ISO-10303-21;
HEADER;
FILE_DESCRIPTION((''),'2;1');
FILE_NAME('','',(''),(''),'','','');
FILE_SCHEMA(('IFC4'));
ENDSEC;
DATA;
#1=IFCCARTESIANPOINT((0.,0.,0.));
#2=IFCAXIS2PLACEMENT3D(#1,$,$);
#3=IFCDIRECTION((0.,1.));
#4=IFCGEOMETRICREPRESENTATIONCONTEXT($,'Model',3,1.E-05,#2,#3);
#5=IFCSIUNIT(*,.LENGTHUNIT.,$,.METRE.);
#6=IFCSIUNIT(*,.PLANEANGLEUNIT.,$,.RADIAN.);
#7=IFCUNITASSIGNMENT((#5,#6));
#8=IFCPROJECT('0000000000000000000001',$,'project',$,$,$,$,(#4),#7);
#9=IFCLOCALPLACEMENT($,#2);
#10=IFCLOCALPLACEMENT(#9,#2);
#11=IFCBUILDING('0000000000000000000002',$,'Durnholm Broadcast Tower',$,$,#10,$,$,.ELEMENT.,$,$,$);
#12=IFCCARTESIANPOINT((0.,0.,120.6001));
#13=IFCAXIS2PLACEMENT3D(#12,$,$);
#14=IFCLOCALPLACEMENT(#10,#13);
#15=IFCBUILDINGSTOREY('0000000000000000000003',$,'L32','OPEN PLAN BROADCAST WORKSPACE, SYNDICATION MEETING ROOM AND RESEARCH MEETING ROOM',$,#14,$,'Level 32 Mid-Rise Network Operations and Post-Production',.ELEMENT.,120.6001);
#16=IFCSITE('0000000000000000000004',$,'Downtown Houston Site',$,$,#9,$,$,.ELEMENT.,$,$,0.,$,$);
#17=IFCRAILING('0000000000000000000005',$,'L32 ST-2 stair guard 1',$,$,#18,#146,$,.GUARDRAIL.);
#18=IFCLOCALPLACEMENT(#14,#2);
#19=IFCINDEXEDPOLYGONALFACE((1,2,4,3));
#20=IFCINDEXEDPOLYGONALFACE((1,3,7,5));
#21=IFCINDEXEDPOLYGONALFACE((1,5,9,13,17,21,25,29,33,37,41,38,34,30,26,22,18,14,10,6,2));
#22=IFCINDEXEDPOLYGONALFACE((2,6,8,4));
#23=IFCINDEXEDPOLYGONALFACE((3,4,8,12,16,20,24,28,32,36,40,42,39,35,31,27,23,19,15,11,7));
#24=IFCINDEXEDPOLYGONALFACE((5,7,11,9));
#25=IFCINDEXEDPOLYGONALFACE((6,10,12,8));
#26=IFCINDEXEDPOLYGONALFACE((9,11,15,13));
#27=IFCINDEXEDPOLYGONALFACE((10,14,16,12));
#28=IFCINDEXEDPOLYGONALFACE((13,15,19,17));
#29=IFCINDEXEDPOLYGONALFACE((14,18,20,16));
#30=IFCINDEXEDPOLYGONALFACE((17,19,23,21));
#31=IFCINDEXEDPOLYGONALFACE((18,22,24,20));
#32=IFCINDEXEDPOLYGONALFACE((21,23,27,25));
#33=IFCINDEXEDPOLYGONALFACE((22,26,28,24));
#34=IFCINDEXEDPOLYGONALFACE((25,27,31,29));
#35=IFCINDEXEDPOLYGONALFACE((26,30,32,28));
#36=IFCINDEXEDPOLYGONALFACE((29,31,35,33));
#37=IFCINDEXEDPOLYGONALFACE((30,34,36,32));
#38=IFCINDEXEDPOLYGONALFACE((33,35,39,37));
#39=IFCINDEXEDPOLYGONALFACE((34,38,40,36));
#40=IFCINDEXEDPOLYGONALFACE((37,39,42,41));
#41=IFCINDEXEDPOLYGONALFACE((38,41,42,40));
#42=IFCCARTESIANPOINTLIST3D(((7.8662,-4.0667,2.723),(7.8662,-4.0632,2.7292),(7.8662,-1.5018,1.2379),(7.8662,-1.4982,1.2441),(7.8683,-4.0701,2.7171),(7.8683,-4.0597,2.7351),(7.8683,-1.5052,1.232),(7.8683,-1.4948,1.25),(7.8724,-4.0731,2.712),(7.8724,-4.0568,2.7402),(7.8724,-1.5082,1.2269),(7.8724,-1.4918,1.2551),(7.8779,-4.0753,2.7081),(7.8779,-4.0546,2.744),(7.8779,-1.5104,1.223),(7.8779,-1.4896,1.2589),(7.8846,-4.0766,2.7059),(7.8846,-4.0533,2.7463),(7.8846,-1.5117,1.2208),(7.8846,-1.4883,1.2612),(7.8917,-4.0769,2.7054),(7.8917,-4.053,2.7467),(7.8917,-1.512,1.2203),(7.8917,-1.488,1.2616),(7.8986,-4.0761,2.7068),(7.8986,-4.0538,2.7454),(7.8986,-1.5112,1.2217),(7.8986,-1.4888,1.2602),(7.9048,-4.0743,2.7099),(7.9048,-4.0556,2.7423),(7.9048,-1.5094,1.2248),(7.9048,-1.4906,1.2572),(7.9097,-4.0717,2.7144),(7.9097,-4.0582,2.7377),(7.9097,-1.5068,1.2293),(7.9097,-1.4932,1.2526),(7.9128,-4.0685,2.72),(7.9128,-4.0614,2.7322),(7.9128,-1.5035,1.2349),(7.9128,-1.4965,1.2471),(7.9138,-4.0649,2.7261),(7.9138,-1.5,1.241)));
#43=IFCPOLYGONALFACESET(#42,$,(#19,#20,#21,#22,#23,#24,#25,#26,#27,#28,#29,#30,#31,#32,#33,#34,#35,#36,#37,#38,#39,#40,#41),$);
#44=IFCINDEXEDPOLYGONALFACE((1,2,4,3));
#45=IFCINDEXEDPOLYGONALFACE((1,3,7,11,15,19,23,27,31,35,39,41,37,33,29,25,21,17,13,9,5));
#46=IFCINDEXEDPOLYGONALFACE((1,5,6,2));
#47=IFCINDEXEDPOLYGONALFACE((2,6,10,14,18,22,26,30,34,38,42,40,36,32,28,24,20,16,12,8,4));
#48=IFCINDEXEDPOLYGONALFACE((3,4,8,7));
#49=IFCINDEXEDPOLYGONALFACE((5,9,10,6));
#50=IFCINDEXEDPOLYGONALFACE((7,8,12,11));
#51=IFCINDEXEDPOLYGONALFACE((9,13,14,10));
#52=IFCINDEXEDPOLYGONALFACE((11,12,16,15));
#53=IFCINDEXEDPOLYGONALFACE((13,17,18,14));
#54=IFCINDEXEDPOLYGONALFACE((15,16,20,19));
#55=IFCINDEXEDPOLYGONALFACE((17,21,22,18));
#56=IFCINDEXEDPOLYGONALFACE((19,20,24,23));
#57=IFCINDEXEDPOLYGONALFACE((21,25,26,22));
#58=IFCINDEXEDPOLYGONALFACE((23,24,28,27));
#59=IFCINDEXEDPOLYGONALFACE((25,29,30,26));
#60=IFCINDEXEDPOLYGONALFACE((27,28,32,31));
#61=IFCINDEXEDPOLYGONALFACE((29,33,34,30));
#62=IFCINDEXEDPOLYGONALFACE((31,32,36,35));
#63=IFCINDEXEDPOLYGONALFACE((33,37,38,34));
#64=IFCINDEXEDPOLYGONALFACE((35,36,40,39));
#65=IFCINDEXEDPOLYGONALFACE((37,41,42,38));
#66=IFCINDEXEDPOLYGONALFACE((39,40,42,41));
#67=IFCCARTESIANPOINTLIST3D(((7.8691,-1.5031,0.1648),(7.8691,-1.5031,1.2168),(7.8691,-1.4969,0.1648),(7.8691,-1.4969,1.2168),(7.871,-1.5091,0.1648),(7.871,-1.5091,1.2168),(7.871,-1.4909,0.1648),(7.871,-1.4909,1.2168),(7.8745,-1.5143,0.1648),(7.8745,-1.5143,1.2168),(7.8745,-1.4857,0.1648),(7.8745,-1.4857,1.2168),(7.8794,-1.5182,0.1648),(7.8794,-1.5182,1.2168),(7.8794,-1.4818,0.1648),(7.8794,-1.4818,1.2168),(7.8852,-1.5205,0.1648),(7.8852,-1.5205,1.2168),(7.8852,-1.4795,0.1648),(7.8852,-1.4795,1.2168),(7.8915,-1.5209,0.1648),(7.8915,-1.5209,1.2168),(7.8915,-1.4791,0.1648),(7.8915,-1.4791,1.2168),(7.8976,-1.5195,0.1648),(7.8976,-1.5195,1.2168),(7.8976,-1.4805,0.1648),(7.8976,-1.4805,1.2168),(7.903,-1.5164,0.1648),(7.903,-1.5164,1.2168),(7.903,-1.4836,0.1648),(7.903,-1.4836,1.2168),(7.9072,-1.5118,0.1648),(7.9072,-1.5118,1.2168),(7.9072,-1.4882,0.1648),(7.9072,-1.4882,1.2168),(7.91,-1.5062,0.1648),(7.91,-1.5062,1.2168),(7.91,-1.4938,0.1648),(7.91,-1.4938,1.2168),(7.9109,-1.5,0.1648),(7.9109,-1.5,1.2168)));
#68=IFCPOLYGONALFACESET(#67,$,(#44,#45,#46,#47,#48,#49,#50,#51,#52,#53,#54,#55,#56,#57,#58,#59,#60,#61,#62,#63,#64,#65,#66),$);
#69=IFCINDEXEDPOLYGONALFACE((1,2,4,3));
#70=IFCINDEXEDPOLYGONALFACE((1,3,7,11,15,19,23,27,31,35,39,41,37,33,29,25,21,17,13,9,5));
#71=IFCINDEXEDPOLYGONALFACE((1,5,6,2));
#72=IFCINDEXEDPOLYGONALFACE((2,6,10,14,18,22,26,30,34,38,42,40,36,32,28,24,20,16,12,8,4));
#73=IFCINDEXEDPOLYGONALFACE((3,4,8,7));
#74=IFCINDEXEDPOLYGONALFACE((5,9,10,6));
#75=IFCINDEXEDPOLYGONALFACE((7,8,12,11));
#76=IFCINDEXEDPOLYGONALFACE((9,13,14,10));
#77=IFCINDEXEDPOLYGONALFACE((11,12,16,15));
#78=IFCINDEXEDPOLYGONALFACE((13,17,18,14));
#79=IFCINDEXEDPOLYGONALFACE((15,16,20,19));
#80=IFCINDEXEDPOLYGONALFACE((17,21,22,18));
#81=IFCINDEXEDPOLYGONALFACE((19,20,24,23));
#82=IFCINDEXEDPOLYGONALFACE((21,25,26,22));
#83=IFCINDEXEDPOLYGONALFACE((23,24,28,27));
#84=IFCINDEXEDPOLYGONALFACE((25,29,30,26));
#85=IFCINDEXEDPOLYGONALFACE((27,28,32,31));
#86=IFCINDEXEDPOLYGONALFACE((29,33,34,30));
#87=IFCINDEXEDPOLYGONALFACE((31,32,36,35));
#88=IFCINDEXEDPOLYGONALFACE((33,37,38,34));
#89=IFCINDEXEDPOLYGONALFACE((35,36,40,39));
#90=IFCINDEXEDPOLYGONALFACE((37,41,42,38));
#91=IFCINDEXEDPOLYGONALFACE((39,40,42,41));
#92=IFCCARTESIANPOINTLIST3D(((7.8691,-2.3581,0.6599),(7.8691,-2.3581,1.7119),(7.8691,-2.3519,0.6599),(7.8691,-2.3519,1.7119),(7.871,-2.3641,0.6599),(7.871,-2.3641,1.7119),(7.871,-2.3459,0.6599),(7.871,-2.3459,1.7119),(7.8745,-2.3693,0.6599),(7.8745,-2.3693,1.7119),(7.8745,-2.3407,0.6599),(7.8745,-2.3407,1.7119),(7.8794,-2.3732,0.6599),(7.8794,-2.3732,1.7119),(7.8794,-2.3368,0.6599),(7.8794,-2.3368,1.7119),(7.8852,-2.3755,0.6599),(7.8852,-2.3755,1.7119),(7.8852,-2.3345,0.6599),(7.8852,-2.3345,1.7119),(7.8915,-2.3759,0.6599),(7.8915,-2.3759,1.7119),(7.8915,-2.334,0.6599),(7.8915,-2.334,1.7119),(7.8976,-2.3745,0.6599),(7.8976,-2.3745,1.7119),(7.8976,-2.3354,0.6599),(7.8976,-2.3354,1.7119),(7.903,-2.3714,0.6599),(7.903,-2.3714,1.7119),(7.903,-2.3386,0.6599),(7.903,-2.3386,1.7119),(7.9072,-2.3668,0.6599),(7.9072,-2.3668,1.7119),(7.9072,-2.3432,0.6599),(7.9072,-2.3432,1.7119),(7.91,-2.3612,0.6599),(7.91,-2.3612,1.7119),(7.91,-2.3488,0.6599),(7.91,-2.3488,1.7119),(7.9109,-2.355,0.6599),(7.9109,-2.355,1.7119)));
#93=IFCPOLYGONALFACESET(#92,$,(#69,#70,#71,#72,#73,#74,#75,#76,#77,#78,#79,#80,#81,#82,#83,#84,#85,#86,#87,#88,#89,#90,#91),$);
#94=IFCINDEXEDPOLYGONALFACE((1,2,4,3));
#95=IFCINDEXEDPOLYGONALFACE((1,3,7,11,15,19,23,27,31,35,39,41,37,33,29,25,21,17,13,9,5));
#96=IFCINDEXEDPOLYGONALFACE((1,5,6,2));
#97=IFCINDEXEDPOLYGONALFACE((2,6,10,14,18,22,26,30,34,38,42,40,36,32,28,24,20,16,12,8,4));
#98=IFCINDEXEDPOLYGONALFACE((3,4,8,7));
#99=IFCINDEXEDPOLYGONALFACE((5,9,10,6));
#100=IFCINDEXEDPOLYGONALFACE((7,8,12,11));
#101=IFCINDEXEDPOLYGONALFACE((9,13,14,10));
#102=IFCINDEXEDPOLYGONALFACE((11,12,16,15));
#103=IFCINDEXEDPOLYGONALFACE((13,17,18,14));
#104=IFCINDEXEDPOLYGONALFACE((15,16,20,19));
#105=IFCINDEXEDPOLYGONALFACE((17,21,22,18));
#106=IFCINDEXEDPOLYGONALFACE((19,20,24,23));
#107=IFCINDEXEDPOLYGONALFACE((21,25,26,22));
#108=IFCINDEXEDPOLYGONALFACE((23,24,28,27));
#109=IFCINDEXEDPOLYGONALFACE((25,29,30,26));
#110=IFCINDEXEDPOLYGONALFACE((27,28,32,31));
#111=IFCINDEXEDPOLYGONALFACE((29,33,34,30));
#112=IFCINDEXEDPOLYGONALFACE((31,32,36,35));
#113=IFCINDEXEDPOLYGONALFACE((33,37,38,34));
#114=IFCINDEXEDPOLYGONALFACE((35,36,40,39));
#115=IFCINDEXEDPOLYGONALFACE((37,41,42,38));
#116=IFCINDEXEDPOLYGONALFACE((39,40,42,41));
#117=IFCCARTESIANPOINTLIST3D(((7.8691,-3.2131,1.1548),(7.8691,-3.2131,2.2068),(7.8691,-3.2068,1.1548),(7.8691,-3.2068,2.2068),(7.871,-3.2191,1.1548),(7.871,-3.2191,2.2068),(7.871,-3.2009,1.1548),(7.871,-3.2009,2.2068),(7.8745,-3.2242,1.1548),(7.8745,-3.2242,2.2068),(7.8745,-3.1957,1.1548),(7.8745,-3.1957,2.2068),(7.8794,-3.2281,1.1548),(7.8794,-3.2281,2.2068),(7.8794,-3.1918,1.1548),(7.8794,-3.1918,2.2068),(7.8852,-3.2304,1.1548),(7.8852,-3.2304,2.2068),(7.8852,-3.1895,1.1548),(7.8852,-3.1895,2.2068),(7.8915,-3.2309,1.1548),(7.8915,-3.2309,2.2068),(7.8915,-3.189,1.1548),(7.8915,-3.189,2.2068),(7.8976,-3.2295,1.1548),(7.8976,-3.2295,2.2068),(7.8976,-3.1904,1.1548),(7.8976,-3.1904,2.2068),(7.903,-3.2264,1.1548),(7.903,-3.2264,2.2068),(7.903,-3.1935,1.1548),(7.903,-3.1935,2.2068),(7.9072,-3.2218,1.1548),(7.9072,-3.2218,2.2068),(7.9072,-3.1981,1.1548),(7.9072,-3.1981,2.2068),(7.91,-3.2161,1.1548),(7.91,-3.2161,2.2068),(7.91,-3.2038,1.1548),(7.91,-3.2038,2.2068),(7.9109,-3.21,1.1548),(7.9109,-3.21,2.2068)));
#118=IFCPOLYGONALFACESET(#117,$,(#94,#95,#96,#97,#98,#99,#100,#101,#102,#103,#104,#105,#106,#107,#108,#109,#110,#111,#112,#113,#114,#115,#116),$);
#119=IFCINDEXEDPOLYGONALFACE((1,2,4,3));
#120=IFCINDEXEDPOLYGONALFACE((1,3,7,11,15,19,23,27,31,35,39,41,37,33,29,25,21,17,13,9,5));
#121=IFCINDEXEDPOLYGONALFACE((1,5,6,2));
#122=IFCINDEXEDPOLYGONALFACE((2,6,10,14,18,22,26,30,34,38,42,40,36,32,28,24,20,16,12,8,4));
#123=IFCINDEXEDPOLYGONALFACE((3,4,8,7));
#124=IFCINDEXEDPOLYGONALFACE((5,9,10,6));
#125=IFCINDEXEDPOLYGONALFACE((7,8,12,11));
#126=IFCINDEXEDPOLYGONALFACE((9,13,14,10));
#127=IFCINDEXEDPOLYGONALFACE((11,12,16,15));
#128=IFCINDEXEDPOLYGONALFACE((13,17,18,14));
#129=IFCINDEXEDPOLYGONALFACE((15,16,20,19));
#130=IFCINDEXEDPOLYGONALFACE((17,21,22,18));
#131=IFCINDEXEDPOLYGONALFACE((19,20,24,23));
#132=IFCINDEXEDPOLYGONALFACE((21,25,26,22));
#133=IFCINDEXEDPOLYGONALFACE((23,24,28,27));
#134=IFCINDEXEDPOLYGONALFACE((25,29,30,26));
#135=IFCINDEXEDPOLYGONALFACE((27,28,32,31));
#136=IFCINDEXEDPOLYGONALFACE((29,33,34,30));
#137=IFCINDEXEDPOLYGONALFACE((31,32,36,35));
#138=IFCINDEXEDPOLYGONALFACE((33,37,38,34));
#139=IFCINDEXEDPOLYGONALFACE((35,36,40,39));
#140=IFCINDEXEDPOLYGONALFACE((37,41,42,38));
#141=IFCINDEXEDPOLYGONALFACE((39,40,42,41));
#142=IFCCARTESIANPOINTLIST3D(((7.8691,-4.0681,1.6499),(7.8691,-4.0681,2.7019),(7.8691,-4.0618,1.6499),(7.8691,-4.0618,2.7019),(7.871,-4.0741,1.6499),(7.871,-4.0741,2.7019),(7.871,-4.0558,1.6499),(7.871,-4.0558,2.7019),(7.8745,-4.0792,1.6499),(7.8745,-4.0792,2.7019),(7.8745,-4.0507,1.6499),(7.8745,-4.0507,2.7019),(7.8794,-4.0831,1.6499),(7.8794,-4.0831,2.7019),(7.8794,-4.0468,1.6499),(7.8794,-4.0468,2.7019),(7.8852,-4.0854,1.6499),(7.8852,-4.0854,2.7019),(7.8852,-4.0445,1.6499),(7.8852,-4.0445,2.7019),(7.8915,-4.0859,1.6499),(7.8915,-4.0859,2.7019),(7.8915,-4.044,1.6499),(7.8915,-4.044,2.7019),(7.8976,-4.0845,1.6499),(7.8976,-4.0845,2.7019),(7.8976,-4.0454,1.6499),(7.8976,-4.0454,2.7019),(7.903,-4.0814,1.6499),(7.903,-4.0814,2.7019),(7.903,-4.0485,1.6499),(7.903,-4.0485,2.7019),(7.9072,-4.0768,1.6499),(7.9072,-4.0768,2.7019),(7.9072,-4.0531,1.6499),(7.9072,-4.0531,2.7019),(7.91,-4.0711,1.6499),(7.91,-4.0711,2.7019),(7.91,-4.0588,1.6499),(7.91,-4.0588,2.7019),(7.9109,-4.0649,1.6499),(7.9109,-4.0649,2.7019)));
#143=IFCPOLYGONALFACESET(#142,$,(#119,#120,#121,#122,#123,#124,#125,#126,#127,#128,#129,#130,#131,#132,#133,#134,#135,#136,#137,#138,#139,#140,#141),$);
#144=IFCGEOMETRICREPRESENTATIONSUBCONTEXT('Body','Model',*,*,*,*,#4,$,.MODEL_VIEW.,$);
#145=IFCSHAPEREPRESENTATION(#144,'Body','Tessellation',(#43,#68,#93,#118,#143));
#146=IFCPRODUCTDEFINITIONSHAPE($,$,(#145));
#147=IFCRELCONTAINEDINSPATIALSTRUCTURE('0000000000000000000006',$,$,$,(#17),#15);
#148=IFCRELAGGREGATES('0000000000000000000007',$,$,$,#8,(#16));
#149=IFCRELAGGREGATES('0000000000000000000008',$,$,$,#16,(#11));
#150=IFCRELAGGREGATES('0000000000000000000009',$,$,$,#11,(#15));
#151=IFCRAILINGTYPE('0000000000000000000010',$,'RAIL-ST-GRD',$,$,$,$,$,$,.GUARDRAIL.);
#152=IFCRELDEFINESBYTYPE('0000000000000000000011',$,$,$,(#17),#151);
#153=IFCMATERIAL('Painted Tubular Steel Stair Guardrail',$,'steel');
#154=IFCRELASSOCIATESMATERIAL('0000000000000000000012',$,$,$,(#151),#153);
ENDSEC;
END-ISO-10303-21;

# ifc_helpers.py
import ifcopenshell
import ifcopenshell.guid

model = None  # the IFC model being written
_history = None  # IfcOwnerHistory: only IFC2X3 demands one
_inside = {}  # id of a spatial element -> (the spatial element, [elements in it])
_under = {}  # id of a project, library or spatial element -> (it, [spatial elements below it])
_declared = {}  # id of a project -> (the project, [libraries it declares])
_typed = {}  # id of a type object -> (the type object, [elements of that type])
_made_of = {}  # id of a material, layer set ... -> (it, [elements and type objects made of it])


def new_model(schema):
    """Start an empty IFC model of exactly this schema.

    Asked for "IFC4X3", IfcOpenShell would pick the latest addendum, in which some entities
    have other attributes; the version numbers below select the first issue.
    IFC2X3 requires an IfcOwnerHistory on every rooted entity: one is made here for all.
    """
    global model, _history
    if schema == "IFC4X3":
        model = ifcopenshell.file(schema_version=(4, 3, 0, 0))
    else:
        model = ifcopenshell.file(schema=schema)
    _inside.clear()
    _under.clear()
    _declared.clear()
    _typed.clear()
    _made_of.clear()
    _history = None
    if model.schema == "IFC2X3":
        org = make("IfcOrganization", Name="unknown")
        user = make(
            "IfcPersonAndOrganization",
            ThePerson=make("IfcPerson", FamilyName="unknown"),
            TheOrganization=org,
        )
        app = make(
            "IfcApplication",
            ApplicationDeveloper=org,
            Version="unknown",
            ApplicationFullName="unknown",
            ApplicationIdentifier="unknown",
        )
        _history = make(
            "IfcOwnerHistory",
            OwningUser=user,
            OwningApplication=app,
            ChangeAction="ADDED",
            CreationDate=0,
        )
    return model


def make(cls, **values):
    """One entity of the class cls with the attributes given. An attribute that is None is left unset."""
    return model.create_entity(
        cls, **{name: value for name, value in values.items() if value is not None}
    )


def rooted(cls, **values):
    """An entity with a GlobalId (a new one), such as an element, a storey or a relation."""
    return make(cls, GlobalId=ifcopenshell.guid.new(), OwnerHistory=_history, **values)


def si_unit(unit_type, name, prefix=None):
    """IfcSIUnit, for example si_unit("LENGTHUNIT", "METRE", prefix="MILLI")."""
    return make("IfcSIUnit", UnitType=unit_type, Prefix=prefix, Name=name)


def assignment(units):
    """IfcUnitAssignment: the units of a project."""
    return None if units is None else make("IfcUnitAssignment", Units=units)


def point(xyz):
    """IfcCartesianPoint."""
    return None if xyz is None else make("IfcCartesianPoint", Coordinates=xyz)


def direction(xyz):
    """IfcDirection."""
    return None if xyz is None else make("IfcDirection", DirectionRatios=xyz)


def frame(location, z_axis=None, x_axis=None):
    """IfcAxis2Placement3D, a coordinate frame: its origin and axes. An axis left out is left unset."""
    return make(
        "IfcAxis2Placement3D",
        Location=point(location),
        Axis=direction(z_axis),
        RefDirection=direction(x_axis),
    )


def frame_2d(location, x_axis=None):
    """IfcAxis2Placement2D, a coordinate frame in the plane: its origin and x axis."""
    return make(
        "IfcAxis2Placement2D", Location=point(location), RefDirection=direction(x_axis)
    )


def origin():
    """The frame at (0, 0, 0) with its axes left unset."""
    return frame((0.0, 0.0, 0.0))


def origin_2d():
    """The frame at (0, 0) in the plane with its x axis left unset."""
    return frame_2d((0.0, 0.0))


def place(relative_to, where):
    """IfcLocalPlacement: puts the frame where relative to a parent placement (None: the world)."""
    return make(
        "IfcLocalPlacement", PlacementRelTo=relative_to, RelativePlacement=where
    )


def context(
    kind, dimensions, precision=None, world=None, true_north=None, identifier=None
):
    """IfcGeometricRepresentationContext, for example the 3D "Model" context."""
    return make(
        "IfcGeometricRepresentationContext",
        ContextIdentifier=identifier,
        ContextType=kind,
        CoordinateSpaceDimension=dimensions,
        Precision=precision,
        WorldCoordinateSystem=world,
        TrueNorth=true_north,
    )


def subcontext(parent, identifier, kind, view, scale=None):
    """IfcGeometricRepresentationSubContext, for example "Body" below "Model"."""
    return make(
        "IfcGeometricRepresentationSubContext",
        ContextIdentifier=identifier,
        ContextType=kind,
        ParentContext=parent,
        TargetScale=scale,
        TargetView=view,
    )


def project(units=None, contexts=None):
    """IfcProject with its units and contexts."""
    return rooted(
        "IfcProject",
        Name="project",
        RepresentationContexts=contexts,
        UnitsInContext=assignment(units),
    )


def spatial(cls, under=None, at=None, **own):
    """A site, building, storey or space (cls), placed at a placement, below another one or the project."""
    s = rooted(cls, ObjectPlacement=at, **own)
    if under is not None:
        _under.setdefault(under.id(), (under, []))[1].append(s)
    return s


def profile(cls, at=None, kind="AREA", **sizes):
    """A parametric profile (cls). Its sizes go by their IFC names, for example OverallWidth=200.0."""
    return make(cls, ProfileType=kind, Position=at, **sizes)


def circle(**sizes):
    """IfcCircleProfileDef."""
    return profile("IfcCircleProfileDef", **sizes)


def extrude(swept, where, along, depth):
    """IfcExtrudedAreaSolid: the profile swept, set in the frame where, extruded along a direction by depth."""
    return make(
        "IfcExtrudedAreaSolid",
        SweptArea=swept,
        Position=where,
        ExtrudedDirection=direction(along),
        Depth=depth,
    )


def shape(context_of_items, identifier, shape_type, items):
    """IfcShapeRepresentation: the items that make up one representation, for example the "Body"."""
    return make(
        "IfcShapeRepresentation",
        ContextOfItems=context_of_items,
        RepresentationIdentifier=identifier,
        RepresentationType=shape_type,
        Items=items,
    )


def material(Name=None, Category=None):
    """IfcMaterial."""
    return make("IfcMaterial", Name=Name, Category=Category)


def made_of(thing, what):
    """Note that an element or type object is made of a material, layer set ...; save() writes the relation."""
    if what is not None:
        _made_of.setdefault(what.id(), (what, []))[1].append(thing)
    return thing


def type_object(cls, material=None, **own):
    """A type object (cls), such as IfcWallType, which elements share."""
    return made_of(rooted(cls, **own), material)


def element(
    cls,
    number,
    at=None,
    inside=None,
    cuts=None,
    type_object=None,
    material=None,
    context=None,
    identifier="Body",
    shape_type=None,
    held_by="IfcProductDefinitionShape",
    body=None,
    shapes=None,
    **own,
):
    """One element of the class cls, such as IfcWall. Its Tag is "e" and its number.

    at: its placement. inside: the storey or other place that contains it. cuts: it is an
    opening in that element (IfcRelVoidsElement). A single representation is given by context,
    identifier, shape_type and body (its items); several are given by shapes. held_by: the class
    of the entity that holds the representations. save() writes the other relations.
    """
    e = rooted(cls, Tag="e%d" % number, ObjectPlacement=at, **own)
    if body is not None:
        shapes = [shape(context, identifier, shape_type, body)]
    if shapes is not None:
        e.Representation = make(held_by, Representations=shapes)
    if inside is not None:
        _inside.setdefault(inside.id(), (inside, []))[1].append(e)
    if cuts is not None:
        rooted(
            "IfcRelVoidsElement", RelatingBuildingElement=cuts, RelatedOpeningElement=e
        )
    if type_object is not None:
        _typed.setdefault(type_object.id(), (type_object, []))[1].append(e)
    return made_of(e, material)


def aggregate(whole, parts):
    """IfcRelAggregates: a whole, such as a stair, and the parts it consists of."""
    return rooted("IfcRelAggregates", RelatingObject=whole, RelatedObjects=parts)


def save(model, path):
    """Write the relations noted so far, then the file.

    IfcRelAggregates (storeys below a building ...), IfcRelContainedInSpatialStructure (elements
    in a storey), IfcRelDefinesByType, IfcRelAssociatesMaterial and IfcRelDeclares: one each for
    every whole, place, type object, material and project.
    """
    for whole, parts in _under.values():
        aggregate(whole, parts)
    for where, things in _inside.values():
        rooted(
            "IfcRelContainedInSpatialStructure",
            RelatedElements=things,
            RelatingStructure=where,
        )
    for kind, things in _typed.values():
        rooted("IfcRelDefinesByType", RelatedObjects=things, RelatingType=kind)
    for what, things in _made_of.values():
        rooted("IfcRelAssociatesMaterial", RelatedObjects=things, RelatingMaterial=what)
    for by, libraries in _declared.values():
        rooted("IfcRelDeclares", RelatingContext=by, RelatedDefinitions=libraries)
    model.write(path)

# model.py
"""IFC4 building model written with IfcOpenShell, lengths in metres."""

from ifc_helpers import new_model, si_unit, direction, frame, origin, origin_2d, place, context, subcontext, project, spatial, circle, extrude, material, type_object, element, save


model = new_model("IFC4")

# Units and contexts
model_context = context("Model", 3, precision=1e-05, world=origin(), true_north=direction((0.0, 1.0)))
body_context = subcontext(model_context, "Body", "Model", "MODEL_VIEW")
ifc_project = project(units=[si_unit("LENGTHUNIT", "METRE"), si_unit("PLANEANGLEUNIT", "RADIAN")], contexts=[model_context])

# Site, building, storey
site_placement = place(None, origin())
site = spatial("IfcSite", under=ifc_project, at=site_placement, Name="Downtown Houston Site", CompositionType="ELEMENT", RefElevation=0.0)
building_placement = place(site_placement, origin())
building = spatial("IfcBuilding", under=site, at=building_placement, Name="Durnholm Broadcast Tower", CompositionType="ELEMENT")
storey_placement = place(building_placement, frame((0.0, 0.0, 120.6001)))
storey = spatial("IfcBuildingStorey", under=building, at=storey_placement, Name="L32", Description="OPEN PLAN BROADCAST WORKSPACE, SYNDICATION MEETING ROOM AND RESEARCH MEETING ROOM", LongName="Level 32 Mid-Rise Network Operations and Post-Production", CompositionType="ELEMENT", Elevation=120.6001)

# Railing
ifc_material_1 = material(Name="Painted Tubular Steel Stair Guardrail", Category="steel")
railing_type_1 = type_object("IfcRailingType", Name="RAIL-ST-GRD", PredefinedType="GUARDRAIL", material=ifc_material_1)
railing_1_placement = place(storey_placement, frame((7.8899, -1.5, 0.1648)))
element("IfcRailing", 1, at=railing_1_placement, inside=storey, type_object=railing_type_1, Name="L32 ST-2 stair guard 1", PredefinedType="GUARDRAIL", context=body_context, shape_type="SweptSolid", body=[
    extrude(circle(Radius=0.0239, at=origin_2d()), frame((0.0, 0.0, 1.0762), z_axis=(0.0, -0.865406, 0.501072), x_axis=(1.0, 0.0, 0.0)), (0.0, 0.0, 1.0), 2.9639),
    extrude(circle(Radius=0.021, at=origin_2d()), origin(), (0.0, 0.0, 1.0), 1.052),
    extrude(circle(Radius=0.021, at=origin_2d()), frame((0.0, -0.855, 0.4951)), (0.0, 0.0, 1.0), 1.052),
    extrude(circle(Radius=0.021, at=origin_2d()), frame((0.0, -1.71, 0.99)), (0.0, 0.0, 1.0), 1.052),
    extrude(circle(Radius=0.021, at=origin_2d()), frame((0.0, -2.5649, 1.4851)), (0.0, 0.0, 1.0), 1.052),
])

save(model, "model.ifc")
